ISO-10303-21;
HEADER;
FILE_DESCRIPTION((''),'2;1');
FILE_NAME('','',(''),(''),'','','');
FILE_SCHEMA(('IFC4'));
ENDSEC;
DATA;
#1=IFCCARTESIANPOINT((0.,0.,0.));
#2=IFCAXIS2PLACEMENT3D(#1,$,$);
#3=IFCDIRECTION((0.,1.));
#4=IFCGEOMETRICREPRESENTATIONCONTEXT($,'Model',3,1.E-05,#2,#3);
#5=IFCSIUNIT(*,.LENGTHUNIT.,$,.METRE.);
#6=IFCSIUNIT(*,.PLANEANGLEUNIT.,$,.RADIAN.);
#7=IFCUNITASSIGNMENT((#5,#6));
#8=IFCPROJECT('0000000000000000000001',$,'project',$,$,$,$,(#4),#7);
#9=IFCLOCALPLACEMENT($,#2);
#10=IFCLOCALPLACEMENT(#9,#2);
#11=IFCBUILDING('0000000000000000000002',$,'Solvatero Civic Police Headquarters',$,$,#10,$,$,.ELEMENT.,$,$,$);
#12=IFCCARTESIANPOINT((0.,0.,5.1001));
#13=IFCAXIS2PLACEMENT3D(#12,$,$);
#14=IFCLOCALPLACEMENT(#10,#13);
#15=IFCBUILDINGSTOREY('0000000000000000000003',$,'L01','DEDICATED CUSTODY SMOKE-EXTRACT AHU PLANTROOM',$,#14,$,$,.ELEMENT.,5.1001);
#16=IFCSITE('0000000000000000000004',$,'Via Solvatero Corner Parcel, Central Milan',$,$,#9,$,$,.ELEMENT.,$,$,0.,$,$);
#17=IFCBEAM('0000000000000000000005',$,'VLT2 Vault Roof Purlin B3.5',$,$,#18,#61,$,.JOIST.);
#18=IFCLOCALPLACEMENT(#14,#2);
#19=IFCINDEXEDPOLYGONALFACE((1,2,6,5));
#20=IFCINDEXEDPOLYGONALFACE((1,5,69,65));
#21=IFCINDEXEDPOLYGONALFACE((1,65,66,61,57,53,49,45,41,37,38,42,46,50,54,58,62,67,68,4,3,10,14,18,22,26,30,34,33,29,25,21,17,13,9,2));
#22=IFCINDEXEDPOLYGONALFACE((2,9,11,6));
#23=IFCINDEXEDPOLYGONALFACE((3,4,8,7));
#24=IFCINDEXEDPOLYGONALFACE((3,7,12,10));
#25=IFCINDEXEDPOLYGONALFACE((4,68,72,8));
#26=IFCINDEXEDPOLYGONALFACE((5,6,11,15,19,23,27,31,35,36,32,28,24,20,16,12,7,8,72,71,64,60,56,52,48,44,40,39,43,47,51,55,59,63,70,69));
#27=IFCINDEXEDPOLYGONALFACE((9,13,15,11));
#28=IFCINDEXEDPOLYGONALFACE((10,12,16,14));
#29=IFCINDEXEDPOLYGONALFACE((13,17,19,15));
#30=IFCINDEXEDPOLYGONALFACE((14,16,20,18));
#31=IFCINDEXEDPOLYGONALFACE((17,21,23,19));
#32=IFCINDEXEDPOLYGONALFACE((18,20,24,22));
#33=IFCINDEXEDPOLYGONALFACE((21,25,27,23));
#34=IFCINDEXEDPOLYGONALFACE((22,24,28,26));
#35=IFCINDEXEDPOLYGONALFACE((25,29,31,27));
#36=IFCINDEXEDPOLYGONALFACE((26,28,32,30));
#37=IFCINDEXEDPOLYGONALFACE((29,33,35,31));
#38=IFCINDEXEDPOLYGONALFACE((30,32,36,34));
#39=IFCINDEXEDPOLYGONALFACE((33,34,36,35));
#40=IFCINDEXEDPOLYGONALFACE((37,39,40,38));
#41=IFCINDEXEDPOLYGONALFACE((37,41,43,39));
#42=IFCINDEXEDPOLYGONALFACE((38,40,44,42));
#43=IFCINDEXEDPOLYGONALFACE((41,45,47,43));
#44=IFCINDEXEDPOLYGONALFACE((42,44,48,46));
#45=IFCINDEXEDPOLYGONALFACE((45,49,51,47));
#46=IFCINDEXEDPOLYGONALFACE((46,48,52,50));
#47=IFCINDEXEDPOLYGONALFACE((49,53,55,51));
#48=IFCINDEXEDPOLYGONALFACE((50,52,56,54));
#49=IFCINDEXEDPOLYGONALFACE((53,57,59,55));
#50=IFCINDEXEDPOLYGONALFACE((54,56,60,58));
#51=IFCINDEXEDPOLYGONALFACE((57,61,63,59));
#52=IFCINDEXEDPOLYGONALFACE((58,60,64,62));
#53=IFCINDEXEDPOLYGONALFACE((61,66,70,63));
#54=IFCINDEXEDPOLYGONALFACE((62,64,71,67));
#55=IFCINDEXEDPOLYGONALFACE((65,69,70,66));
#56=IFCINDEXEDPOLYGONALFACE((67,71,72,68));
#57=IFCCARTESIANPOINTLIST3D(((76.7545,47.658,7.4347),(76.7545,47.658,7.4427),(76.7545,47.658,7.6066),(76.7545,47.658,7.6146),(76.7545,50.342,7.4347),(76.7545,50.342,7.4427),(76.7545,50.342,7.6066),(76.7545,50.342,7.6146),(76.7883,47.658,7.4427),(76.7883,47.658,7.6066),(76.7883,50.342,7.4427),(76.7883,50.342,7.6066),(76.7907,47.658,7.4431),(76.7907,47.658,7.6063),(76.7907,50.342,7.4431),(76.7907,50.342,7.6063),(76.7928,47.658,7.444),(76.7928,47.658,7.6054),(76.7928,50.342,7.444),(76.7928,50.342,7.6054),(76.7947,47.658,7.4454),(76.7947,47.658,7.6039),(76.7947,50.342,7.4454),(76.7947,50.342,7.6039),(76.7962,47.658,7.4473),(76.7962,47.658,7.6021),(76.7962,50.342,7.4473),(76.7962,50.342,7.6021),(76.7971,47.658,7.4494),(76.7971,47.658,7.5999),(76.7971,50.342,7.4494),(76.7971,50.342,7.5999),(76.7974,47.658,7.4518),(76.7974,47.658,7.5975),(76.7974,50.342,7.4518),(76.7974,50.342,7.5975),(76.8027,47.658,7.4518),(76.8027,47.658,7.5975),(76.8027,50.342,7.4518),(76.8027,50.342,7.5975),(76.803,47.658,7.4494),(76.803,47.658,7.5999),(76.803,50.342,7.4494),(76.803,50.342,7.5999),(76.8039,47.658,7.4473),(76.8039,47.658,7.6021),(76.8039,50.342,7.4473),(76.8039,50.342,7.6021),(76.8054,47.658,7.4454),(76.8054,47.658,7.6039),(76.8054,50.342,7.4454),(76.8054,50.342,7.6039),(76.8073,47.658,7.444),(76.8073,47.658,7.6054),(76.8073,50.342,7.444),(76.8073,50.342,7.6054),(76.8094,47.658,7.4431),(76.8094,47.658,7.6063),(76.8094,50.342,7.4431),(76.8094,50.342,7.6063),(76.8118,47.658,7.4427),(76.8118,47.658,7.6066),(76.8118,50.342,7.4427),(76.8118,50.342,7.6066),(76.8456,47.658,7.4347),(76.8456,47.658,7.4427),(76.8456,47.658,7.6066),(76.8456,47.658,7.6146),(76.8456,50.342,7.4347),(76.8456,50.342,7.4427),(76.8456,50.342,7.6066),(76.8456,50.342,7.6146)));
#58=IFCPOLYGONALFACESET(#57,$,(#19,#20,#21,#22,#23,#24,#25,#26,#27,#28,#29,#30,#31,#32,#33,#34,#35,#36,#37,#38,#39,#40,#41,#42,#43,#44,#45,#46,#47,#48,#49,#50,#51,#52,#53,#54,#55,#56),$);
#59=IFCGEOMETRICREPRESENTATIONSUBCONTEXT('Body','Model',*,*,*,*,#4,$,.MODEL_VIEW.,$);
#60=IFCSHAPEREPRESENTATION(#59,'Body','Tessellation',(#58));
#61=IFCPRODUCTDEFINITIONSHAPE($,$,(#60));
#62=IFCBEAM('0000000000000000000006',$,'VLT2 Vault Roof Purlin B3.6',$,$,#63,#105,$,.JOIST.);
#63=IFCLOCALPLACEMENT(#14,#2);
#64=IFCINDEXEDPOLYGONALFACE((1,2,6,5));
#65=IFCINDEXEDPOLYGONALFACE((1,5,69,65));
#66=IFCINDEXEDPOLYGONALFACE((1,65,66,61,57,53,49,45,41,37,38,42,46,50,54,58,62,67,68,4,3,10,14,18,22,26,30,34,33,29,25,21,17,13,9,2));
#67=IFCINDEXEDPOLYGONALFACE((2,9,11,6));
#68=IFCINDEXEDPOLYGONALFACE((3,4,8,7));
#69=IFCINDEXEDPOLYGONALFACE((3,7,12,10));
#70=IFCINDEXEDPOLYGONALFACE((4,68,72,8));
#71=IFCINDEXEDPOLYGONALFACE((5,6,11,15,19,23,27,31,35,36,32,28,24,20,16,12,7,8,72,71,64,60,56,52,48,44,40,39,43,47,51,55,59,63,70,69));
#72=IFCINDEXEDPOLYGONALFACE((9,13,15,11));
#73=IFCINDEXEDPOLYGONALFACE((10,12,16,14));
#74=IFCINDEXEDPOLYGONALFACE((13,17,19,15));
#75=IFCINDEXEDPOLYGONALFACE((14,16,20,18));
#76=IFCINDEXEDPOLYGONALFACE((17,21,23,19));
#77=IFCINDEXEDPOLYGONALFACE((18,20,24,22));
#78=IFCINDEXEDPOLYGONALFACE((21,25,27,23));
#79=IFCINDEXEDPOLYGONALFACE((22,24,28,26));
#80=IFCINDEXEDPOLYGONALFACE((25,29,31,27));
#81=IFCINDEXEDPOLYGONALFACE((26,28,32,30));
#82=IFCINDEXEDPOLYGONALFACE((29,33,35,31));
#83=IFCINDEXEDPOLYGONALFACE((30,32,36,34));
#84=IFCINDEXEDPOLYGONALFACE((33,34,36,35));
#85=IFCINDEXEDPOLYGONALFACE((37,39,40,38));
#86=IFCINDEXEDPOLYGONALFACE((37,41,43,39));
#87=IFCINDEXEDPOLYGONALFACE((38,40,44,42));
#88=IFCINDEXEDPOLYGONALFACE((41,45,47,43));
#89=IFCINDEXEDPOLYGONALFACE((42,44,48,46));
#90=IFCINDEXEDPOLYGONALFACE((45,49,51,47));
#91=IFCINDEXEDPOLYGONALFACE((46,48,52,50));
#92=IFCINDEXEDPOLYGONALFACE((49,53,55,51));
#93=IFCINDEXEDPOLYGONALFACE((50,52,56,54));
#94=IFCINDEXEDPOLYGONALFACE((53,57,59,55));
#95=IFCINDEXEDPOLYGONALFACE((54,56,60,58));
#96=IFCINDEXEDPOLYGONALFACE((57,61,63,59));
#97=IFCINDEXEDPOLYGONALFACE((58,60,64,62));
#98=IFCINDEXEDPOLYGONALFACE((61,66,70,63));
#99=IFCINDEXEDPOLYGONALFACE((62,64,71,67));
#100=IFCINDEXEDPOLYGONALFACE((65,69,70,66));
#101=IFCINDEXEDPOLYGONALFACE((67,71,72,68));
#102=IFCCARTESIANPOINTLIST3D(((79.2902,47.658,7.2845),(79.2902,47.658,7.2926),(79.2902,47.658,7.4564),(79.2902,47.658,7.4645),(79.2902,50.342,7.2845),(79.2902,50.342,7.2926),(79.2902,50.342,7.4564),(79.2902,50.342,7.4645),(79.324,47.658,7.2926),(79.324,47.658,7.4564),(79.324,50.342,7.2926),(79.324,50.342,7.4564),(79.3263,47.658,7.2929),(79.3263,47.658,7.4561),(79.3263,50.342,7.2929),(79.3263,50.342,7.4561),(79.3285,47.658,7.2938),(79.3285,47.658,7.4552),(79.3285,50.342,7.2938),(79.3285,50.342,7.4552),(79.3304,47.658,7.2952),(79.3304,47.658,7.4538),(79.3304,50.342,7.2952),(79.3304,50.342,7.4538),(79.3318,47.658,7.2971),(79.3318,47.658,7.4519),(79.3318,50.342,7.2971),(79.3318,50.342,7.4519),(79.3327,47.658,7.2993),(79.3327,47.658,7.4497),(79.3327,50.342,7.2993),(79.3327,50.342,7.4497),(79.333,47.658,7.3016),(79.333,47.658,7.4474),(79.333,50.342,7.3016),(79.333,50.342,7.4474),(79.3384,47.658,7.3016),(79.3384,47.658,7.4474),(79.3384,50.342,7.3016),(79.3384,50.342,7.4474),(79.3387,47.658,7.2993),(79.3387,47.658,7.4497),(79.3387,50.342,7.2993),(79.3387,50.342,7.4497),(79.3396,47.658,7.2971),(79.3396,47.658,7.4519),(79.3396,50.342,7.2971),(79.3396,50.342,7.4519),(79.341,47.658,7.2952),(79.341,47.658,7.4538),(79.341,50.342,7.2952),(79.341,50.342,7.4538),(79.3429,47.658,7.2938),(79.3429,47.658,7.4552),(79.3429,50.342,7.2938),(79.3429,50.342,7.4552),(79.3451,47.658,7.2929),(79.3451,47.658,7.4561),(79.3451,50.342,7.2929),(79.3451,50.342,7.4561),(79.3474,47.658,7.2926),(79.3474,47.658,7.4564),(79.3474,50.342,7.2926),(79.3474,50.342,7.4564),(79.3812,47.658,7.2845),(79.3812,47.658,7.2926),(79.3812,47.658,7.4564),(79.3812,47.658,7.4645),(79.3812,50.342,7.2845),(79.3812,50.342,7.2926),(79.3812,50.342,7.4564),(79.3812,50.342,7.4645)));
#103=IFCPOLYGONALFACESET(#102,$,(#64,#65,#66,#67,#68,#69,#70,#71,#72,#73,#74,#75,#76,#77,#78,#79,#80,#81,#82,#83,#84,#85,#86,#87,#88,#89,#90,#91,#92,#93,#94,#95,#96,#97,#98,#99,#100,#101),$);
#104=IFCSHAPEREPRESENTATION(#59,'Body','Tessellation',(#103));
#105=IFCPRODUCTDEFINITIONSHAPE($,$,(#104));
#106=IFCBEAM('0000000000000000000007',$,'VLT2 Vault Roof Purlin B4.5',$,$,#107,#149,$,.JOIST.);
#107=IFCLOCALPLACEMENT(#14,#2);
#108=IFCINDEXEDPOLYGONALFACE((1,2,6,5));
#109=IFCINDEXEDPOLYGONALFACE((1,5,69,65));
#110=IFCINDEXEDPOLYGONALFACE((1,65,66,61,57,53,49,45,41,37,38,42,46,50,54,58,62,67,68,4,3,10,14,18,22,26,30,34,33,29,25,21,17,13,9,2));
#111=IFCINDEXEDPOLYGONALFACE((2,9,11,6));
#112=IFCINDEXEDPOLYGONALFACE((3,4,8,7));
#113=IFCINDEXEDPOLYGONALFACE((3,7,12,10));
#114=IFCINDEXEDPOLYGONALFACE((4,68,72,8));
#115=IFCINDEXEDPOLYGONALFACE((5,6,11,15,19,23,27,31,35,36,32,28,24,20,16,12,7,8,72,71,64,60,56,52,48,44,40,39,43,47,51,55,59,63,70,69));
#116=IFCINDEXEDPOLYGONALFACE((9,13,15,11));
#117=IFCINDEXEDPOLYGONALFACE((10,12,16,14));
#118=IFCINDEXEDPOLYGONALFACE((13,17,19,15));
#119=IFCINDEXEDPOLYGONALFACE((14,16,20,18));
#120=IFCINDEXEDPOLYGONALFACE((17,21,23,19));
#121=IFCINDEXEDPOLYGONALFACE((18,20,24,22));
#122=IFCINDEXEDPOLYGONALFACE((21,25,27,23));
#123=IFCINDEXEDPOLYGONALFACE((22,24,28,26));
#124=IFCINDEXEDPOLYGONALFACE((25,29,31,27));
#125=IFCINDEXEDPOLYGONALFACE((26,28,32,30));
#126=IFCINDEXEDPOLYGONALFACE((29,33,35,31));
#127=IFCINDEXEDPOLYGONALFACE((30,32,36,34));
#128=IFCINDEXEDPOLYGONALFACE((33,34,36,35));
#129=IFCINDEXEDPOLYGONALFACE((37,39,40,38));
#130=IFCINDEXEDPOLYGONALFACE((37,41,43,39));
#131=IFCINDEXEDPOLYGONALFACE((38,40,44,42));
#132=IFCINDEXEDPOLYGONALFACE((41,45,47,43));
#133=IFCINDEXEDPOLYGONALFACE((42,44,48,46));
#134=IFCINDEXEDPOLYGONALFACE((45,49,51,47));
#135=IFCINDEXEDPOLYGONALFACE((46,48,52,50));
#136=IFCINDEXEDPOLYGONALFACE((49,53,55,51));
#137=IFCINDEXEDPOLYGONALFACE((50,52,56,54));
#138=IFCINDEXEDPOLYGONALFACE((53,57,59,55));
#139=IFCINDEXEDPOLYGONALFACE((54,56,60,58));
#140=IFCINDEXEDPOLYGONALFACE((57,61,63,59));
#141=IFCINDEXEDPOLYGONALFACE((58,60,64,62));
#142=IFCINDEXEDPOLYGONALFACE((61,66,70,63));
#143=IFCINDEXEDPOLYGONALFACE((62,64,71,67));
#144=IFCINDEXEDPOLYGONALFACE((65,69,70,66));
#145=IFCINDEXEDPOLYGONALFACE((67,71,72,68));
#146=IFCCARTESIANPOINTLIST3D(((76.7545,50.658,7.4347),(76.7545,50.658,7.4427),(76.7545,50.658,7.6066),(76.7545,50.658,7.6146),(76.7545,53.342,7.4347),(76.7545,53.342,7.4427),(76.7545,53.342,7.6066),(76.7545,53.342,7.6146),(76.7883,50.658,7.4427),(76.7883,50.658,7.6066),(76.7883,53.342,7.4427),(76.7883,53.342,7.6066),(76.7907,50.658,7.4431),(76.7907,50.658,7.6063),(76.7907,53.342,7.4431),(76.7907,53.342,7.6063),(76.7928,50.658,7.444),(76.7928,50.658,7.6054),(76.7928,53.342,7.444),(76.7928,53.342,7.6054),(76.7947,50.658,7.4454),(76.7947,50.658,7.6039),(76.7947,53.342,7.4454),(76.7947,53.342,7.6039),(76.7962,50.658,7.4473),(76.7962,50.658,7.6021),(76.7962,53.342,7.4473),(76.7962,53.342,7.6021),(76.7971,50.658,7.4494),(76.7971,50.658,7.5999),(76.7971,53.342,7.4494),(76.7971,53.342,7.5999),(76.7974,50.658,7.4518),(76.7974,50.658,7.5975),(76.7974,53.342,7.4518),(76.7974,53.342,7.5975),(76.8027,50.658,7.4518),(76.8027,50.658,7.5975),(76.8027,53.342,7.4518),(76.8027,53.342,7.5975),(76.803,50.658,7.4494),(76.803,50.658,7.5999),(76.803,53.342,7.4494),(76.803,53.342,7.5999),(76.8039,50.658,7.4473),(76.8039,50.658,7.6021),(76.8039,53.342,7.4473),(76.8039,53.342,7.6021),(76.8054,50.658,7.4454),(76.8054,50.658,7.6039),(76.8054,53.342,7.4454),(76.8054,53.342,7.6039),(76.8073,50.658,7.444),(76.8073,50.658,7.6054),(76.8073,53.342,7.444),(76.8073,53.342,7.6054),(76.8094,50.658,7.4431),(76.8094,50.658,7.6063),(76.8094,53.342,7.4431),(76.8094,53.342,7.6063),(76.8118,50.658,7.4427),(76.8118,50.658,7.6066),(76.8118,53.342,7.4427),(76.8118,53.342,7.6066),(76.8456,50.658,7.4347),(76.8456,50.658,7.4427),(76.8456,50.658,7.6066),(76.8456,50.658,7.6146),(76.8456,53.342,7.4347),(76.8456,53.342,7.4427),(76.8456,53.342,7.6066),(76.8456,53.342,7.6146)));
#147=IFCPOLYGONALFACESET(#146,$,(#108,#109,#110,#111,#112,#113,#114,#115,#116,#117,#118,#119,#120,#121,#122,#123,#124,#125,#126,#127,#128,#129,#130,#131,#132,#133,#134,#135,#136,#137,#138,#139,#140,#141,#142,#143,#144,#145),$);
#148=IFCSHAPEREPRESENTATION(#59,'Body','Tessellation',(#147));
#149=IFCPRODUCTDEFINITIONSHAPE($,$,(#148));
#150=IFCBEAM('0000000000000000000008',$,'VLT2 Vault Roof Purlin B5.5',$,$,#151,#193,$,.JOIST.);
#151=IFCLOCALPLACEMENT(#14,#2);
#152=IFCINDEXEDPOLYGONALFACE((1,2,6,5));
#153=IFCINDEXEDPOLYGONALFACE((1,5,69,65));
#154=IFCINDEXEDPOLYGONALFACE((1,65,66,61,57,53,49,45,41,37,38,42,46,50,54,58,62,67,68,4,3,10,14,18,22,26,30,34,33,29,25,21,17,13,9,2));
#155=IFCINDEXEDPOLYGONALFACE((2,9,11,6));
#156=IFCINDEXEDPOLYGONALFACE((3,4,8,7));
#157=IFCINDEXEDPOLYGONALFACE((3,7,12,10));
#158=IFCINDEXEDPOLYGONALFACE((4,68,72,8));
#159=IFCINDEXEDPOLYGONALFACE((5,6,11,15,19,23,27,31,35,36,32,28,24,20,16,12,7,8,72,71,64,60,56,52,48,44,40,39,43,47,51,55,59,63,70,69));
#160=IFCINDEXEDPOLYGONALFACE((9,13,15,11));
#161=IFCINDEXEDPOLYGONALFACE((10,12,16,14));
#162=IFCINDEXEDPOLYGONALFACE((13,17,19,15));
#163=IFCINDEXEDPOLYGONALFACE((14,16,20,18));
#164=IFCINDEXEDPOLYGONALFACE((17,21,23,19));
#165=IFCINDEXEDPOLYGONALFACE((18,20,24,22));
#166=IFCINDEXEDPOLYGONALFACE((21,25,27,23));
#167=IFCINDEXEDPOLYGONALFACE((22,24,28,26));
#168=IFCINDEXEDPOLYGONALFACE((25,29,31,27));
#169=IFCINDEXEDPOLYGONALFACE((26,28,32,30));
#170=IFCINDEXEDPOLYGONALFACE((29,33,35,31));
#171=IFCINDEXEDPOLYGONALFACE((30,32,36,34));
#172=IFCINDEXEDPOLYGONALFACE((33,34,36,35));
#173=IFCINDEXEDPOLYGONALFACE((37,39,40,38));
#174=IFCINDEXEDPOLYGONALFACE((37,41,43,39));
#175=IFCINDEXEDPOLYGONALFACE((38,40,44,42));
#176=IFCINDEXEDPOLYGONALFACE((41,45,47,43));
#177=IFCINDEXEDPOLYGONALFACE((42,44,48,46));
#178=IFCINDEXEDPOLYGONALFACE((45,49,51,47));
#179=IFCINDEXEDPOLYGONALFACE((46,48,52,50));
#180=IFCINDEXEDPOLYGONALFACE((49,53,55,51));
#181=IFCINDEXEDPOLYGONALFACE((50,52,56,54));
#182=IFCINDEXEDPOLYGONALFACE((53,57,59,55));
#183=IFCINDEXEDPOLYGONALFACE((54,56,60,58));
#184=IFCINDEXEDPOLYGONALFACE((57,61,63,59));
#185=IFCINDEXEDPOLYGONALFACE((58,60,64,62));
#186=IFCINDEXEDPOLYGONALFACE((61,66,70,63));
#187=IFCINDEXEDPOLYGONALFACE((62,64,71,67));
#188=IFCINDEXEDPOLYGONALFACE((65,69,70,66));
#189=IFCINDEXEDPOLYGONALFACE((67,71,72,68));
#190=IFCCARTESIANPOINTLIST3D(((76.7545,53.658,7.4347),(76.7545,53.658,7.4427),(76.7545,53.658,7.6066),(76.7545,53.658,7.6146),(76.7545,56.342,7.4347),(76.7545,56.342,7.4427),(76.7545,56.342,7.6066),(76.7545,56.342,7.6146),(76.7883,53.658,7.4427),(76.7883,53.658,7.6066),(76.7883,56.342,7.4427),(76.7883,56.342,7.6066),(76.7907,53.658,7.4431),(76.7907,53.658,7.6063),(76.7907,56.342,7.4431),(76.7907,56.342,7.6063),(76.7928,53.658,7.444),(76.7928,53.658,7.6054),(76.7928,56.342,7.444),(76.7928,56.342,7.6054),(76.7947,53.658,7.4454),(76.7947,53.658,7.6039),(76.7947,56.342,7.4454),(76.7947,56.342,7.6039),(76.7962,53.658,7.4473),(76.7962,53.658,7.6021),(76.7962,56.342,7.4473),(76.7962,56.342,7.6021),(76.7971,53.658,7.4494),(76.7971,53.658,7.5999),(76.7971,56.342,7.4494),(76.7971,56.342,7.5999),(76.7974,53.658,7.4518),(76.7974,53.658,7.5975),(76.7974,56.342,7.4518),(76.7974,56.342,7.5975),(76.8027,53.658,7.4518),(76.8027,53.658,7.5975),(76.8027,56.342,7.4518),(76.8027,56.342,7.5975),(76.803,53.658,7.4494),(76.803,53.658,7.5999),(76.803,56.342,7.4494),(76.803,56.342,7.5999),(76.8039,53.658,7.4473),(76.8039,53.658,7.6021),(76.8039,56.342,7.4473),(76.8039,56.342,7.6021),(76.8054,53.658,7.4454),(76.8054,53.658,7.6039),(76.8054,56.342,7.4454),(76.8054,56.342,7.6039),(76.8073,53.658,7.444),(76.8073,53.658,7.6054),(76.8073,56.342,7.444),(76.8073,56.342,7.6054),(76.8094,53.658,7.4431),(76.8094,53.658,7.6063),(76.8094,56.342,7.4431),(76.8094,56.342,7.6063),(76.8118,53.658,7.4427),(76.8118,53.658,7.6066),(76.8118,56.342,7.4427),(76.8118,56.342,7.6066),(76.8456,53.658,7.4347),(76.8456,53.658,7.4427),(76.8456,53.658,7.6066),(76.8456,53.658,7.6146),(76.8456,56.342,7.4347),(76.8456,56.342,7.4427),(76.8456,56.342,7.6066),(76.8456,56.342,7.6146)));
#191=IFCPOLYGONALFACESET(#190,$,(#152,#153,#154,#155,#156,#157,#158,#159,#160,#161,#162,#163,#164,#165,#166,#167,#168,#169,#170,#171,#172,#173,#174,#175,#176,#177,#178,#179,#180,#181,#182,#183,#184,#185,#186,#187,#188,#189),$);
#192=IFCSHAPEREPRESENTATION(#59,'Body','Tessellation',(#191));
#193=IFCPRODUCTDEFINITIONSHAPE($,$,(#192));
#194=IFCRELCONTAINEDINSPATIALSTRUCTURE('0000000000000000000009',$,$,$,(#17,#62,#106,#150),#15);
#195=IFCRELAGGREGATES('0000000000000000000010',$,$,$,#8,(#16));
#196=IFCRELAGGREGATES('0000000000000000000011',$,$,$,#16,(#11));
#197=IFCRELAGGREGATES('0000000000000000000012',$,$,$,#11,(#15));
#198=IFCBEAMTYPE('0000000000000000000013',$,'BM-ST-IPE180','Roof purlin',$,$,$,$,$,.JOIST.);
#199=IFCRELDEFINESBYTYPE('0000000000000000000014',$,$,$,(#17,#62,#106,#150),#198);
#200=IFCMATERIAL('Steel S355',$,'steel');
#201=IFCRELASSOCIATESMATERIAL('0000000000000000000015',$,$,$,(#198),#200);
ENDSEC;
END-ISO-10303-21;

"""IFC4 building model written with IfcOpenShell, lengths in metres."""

from ifc_helpers import new_model, si_unit, direction, frame, origin, origin_2d, place, context, subcontext, project, spatial, i_section, extrude, material, material_profile, profile_set, type_object, element, save


model = new_model("IFC4")

# Units and contexts
model_context = context("Model", 3, precision=1e-05, world=origin(), true_north=direction((0.0, 1.0)))
body_context = subcontext(model_context, "Body", "Model", "MODEL_VIEW")
ifc_project = project(units=[si_unit("LENGTHUNIT", "METRE"), si_unit("PLANEANGLEUNIT", "RADIAN")], contexts=[model_context])

# Site, building, storey
site_placement = place(None, origin())
site = spatial("IfcSite", under=ifc_project, at=site_placement, Name="Via Solvatero Corner Parcel, Central Milan", CompositionType="ELEMENT", RefElevation=0.0)
building_placement = place(site_placement, origin())
building = spatial("IfcBuilding", under=site, at=building_placement, Name="Solvatero Civic Police Headquarters", CompositionType="ELEMENT")
storey_placement = place(building_placement, frame((0.0, 0.0, 5.1001)))
storey = spatial("IfcBuildingStorey", under=building, at=storey_placement, Name="L01", Description="DEDICATED CUSTODY SMOKE-EXTRACT AHU PLANTROOM", CompositionType="ELEMENT", Elevation=5.1001)

# Beams
ifc_material = material(Name="Steel S355", Category="steel")
ifc_material_profile_1 = material_profile(ifc_material, i_section(OverallWidth=0.0911, OverallDepth=0.1799, WebThickness=0.0054, FlangeThickness=0.0081, FilletRadius=0.009, at=origin_2d()), Name="IPE 180")
ifc_profile_set_1 = profile_set([ifc_material_profile_1], Name="Steel S355")
beam_type_1 = type_object("IfcBeamType", Name="BM-ST-IPE180", Description="Roof purlin", PredefinedType="JOIST", material=ifc_profile_set_1)
for number, where, z_axis, x_axis, name in (
    (1, (76.8, 47.658, 7.5247), (0.0, 1.0, 0.0), (-1.0, 0.0, 0.0), "VLT2 Vault Roof Purlin B3.5"),
    (2, (79.3357, 47.658, 7.3745), (0.0, 1.0, 0.0), (-1.0, 0.0, 0.0), "VLT2 Vault Roof Purlin B3.6"),
    (3, (76.8, 50.658, 7.5247), (0.0, 1.0, 0.0), (-1.0, 0.0, 0.0), "VLT2 Vault Roof Purlin B4.5"),
    (4, (76.8, 53.658, 7.5247), (0.0, 1.0, 0.0), (-1.0, 0.0, 0.0), "VLT2 Vault Roof Purlin B5.5"),
):
    element("IfcBeam", number, at=place(storey_placement, frame(where, z_axis=z_axis, x_axis=x_axis)), inside=storey, type_object=beam_type_1, Name=name, PredefinedType="JOIST", context=body_context, shape_type="SweptSolid", body=[
        extrude(i_section(OverallWidth=0.0911, OverallDepth=0.1799, WebThickness=0.0054, FlangeThickness=0.0081, FilletRadius=0.009, at=origin_2d()), origin(), (0.0, 0.0, 1.0), 2.6841),
    ])

save(model, "model.ifc")
